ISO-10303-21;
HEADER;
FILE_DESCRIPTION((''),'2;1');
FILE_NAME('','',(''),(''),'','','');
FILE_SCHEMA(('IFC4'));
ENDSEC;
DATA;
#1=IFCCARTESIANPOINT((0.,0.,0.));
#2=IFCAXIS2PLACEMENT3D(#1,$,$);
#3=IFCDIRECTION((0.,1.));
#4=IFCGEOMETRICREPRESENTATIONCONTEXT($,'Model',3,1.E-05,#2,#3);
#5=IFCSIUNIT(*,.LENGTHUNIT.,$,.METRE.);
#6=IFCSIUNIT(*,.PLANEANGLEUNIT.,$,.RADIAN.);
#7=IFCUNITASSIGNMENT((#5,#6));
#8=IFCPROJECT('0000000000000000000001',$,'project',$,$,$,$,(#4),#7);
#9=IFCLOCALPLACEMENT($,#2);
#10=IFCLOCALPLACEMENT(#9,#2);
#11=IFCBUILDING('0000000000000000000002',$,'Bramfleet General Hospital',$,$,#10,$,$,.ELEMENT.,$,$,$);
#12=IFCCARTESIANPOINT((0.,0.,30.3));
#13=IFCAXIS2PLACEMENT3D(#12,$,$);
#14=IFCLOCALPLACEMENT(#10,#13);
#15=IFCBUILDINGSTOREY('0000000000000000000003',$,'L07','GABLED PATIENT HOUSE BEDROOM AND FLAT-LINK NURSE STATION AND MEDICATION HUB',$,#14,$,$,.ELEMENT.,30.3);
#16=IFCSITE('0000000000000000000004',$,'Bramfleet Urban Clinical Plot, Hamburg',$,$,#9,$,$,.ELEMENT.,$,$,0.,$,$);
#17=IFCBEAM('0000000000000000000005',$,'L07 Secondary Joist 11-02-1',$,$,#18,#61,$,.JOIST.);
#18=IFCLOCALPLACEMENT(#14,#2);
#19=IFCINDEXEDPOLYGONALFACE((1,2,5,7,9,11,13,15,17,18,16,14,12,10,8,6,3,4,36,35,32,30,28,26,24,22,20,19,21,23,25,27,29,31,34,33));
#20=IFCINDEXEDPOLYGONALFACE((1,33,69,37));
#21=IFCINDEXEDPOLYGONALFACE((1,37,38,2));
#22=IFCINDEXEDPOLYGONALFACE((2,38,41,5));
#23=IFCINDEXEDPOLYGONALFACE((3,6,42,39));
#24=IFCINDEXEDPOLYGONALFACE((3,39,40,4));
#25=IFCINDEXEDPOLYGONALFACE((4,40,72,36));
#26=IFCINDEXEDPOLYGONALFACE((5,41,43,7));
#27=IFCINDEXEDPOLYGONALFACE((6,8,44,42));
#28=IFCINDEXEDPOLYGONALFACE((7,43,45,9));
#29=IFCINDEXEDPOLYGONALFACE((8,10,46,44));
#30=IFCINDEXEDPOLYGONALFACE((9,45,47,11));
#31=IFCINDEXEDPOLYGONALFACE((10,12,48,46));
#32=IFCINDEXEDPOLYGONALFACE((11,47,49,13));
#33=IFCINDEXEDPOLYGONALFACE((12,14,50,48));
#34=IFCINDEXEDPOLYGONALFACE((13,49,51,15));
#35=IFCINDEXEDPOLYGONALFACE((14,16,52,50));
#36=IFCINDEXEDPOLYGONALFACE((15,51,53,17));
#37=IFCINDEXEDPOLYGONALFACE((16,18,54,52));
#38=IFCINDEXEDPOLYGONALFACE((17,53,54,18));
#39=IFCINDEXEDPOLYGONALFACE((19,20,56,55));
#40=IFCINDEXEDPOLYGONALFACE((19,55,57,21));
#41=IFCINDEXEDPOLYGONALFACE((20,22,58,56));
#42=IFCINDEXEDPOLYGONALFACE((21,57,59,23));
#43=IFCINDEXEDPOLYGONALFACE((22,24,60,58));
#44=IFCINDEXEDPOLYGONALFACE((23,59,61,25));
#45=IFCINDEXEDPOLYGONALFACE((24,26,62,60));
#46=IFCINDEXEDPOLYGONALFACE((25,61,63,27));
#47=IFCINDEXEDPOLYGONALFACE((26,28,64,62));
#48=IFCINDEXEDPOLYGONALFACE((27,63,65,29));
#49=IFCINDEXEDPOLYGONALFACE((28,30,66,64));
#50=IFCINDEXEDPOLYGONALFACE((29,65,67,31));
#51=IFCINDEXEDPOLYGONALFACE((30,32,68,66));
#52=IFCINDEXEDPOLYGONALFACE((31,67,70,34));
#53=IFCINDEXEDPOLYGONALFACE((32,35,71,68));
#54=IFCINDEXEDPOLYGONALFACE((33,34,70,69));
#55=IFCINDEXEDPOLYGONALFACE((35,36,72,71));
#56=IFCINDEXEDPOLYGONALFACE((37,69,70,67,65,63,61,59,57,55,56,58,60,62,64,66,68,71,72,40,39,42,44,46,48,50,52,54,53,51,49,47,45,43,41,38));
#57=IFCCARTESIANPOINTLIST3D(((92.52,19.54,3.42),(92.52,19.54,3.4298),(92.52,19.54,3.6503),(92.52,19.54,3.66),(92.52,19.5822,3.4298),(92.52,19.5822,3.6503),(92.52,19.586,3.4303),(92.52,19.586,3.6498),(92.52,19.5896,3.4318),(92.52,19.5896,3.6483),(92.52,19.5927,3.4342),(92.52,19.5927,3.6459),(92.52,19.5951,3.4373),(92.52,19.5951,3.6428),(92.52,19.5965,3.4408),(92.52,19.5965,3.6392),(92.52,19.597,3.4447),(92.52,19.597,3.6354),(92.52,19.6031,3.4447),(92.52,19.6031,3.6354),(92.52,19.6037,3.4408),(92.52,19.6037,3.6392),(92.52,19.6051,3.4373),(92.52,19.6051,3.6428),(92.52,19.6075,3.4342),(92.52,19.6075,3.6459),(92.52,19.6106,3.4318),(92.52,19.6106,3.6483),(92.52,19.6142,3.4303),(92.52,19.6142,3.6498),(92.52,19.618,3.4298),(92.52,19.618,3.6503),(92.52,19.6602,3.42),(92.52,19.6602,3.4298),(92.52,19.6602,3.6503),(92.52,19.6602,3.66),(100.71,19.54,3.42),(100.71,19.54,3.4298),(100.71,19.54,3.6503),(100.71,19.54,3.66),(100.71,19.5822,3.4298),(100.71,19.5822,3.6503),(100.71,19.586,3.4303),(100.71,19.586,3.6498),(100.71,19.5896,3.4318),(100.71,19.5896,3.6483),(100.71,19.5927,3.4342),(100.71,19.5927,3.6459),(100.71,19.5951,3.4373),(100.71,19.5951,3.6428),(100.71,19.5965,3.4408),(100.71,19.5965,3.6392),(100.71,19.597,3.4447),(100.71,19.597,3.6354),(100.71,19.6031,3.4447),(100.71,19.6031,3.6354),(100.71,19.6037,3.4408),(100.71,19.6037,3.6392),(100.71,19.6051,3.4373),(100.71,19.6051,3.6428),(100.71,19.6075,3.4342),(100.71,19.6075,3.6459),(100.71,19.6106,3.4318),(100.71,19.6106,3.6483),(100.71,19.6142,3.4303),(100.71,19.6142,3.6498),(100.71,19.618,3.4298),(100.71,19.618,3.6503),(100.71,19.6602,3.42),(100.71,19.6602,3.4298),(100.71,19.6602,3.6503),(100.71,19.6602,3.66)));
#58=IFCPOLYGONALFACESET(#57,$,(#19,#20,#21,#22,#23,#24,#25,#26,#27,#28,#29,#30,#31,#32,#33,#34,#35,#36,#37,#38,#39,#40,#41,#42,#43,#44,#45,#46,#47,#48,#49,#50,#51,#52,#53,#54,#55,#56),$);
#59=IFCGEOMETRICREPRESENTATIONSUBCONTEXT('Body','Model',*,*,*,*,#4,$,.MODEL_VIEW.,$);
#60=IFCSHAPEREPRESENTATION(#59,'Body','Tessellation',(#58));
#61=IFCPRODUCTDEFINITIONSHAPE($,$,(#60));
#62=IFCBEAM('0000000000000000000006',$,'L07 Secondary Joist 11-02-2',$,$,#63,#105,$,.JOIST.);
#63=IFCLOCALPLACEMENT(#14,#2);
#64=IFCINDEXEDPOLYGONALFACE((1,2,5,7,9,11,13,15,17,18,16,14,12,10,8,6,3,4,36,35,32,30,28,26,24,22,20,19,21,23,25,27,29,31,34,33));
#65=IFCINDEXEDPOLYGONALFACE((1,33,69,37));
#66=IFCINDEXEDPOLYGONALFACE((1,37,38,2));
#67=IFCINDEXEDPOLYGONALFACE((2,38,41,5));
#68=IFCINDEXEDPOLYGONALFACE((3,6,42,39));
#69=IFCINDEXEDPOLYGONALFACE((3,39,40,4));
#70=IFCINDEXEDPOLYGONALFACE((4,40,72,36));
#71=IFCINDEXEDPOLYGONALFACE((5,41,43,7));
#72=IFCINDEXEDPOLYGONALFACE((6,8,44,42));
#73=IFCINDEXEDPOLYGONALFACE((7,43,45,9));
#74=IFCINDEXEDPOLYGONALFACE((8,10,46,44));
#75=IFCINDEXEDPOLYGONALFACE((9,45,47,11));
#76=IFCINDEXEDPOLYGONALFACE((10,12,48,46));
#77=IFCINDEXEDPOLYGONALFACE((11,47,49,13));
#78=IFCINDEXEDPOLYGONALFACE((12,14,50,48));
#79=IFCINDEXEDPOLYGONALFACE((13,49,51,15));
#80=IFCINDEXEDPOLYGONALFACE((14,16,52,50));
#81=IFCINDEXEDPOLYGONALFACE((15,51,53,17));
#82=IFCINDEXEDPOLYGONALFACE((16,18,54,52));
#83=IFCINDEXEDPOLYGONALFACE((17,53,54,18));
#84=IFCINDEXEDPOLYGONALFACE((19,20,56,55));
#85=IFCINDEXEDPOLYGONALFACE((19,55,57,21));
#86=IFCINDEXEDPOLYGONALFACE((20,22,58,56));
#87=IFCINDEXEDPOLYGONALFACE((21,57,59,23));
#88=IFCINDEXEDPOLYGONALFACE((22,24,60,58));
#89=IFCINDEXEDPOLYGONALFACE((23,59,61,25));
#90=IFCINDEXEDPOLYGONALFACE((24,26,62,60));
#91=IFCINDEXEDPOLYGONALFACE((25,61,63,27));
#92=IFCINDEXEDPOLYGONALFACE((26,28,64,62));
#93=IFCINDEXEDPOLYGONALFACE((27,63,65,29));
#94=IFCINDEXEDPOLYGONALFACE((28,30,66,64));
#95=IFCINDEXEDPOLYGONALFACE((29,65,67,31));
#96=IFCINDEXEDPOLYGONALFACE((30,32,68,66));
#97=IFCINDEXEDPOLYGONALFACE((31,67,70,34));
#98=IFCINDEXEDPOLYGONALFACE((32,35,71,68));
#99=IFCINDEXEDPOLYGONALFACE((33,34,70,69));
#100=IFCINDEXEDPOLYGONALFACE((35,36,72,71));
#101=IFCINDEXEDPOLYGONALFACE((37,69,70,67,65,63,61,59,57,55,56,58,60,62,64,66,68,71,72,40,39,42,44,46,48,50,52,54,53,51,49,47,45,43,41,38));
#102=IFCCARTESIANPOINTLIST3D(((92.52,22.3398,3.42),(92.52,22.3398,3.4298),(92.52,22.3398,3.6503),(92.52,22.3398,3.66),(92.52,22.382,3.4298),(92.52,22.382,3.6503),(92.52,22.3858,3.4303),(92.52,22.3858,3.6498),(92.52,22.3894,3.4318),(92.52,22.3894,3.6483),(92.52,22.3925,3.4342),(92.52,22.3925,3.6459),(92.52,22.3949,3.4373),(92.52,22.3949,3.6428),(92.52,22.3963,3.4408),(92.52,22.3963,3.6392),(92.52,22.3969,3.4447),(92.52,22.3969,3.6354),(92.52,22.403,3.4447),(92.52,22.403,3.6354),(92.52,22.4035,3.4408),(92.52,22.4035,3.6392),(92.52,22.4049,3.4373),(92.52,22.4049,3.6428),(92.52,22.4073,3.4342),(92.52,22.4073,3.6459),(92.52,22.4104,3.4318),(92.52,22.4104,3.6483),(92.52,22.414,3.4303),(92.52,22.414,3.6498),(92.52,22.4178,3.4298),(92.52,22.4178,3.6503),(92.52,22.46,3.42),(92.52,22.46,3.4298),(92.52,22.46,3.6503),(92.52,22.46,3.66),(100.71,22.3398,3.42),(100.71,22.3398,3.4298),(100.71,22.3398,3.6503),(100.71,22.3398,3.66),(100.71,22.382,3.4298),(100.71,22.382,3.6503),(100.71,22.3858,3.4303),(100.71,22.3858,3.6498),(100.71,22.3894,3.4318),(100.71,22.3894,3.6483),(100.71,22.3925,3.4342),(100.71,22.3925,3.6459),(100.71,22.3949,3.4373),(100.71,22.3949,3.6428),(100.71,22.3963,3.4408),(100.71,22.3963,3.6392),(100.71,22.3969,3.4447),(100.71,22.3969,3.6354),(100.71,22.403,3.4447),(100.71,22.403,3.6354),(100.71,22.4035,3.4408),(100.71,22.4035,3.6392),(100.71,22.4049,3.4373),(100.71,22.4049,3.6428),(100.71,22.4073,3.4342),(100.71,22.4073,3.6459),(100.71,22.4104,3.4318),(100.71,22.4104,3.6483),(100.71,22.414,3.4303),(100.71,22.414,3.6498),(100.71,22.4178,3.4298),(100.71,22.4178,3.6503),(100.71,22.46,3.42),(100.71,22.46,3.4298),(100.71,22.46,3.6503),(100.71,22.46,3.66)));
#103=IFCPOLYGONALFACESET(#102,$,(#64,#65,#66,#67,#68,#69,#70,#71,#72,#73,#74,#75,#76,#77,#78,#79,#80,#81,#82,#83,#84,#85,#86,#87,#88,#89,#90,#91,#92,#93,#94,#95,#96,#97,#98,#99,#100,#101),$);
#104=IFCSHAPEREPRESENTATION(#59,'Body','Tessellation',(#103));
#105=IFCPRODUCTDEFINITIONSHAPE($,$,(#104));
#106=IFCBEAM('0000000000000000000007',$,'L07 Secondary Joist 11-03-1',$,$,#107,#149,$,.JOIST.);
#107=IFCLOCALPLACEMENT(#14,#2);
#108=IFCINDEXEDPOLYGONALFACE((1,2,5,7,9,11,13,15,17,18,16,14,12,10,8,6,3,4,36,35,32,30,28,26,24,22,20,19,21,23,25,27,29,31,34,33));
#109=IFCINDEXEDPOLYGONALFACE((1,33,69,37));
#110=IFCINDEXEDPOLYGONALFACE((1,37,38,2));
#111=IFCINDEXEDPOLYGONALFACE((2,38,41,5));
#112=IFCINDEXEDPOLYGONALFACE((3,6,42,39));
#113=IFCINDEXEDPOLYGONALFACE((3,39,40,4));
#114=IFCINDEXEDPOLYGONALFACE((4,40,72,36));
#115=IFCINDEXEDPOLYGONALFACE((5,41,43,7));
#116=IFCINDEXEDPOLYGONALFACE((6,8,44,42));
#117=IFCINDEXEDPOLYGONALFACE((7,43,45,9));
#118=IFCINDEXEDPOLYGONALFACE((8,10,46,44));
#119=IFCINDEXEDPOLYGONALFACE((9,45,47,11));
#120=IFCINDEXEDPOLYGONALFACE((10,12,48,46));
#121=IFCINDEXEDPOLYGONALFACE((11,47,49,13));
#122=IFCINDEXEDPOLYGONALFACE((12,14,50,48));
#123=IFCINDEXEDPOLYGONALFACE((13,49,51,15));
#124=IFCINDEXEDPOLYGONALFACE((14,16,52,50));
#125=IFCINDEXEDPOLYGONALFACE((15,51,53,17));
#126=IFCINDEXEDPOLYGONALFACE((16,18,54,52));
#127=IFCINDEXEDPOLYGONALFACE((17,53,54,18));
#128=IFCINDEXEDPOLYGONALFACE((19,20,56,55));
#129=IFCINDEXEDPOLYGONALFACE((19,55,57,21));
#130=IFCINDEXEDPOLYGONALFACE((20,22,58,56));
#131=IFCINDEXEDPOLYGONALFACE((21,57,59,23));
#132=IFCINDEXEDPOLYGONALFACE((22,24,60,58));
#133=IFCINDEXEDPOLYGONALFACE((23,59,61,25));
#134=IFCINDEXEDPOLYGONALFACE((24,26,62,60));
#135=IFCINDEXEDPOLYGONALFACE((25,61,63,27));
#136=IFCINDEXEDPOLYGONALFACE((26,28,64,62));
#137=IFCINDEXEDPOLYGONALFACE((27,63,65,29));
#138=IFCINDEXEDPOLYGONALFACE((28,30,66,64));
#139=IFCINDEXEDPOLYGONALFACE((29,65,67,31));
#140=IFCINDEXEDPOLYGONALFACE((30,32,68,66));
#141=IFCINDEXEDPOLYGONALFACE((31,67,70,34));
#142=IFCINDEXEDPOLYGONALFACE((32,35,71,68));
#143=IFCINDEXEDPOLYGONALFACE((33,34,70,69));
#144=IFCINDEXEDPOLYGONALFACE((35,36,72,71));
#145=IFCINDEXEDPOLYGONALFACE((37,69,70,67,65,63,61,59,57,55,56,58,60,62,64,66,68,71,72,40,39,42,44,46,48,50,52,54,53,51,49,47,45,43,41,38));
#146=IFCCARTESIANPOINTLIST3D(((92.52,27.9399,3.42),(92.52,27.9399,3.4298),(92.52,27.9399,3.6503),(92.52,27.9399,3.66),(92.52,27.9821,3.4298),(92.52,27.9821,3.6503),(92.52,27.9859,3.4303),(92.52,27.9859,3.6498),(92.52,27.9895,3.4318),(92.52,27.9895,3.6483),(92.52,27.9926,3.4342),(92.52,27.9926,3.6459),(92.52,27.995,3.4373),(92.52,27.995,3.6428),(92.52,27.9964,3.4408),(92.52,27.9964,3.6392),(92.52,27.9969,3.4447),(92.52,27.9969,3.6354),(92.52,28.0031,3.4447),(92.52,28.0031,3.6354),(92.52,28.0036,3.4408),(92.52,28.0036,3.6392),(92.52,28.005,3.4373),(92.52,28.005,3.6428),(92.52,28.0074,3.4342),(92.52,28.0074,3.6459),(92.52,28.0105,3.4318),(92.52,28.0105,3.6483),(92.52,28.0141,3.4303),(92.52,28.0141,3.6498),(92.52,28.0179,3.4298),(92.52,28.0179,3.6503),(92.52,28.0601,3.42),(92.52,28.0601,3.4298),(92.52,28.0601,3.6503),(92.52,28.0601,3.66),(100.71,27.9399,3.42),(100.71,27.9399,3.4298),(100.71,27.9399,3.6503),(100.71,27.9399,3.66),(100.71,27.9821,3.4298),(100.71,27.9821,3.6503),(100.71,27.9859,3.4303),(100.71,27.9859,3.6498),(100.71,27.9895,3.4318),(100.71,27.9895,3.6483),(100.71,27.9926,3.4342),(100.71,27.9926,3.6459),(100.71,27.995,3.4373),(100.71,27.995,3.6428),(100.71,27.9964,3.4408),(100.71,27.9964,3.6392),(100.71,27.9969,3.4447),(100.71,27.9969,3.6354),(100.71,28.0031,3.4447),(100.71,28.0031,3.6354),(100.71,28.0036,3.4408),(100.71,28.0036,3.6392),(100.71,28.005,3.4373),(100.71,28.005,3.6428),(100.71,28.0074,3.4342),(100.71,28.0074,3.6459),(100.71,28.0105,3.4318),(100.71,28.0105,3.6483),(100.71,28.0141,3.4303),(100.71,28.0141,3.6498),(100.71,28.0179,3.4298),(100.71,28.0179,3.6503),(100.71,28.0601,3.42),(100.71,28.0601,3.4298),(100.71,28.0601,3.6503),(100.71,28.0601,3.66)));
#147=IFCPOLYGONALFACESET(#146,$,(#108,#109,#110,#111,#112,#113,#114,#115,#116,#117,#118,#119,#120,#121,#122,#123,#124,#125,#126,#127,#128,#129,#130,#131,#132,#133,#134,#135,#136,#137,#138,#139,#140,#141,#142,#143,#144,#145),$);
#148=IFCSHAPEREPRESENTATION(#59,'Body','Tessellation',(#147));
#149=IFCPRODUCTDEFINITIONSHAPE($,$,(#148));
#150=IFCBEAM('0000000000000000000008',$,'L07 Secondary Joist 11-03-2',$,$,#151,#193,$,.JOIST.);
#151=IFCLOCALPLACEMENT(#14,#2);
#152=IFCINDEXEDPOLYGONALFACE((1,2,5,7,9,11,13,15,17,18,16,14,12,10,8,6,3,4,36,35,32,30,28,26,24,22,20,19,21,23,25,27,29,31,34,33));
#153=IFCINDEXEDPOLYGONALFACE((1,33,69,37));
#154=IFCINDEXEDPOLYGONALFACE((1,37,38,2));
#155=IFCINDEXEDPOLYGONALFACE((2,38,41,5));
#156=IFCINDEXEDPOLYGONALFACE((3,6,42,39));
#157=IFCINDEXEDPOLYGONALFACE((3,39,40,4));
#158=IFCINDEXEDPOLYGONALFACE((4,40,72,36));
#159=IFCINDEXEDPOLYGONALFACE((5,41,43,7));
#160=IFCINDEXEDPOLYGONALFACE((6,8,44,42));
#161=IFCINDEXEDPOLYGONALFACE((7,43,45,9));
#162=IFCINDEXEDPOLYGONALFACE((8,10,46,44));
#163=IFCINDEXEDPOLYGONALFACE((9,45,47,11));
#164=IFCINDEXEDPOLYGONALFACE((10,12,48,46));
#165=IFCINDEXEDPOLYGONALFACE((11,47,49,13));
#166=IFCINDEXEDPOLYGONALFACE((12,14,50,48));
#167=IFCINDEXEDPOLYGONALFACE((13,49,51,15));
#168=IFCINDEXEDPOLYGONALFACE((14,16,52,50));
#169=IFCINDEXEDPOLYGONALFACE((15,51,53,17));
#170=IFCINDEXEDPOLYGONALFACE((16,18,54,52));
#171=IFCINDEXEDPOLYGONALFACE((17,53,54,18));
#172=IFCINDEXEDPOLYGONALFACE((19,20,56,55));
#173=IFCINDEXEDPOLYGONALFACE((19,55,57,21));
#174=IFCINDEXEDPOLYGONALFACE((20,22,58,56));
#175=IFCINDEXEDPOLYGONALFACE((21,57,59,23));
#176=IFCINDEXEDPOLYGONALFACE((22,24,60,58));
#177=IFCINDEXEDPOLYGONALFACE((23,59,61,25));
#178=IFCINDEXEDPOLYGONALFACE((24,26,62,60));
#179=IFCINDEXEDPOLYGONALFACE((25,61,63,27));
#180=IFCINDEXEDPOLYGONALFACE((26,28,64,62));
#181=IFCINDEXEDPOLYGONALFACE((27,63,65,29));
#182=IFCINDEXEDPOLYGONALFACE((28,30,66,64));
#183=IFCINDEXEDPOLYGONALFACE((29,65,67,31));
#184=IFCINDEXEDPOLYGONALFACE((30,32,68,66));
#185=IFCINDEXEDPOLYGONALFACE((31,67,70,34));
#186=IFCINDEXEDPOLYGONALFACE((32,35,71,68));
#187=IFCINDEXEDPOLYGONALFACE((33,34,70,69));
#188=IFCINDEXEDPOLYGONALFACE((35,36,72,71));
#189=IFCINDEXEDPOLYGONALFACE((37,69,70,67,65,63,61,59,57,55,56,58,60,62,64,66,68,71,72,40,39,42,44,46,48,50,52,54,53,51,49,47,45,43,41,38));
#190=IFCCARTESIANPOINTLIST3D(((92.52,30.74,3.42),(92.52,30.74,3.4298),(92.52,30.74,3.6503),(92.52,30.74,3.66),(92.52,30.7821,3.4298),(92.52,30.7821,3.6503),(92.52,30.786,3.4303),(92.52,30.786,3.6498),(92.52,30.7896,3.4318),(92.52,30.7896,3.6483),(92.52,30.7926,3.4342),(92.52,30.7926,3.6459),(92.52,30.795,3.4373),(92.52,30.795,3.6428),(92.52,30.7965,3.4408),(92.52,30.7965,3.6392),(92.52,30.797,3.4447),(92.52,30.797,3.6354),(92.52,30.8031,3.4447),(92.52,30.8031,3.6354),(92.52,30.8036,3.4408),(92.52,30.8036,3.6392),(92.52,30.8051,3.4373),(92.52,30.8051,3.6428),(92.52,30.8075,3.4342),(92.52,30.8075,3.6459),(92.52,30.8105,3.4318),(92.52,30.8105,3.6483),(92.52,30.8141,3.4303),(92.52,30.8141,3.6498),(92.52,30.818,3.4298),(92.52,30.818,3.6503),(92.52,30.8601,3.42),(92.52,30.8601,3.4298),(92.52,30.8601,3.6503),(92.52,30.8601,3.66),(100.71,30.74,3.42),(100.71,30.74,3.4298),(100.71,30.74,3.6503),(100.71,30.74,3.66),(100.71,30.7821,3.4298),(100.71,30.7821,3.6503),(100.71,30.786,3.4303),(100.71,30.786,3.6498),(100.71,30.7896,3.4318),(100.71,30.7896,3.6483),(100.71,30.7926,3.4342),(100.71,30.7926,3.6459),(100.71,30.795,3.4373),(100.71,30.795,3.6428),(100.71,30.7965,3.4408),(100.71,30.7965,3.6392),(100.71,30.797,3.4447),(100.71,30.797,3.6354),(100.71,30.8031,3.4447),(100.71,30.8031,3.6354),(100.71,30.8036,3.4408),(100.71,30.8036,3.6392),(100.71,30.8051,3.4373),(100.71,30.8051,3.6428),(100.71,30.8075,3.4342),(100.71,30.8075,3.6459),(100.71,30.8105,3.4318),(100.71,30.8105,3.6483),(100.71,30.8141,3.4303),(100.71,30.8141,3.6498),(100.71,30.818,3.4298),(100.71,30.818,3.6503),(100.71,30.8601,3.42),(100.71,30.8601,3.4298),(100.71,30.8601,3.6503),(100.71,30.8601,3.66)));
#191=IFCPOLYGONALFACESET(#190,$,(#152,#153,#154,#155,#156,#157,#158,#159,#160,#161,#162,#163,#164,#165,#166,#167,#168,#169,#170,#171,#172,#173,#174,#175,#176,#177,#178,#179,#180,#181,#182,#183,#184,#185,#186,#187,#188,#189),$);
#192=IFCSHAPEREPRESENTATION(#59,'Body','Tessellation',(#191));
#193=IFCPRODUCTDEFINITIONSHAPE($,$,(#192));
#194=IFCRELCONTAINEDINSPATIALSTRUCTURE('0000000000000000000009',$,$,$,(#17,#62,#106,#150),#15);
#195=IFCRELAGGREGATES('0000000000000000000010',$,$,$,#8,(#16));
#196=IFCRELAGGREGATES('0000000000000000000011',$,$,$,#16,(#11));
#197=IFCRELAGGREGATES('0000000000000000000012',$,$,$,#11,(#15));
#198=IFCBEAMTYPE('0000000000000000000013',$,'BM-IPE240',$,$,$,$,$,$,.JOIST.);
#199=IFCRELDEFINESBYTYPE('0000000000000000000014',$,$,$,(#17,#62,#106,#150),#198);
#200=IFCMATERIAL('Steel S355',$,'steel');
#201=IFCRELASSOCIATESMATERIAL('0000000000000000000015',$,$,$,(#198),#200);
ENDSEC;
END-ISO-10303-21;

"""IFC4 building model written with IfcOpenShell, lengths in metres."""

from ifc_helpers import new_model, si_unit, direction, frame, origin, origin_2d, place, context, subcontext, project, spatial, i_section, extrude, material, material_profile, profile_set, type_object, element, save


model = new_model("IFC4")

# Units and contexts
model_context = context("Model", 3, precision=1e-05, world=origin(), true_north=direction((0.0, 1.0)))
body_context = subcontext(model_context, "Body", "Model", "MODEL_VIEW")
ifc_project = project(units=[si_unit("LENGTHUNIT", "METRE"), si_unit("PLANEANGLEUNIT", "RADIAN")], contexts=[model_context])

# Site, building, storey
site_placement = place(None, origin())
site = spatial("IfcSite", under=ifc_project, at=site_placement, Name="Bramfleet Urban Clinical Plot, Hamburg", CompositionType="ELEMENT", RefElevation=0.0)
building_placement = place(site_placement, origin())
building = spatial("IfcBuilding", under=site, at=building_placement, Name="Bramfleet General Hospital", CompositionType="ELEMENT")
storey_placement = place(building_placement, frame((0.0, 0.0, 30.3)))
storey = spatial("IfcBuildingStorey", under=building, at=storey_placement, Name="L07", Description="GABLED PATIENT HOUSE BEDROOM AND FLAT-LINK NURSE STATION AND MEDICATION HUB", CompositionType="ELEMENT", Elevation=30.3)

# Beams
ifc_material_1 = material(Name="Steel S355", Category="steel")
ifc_material_profile_1 = material_profile(ifc_material_1, i_section(OverallWidth=0.1201, OverallDepth=0.24, WebThickness=0.0061, FlangeThickness=0.0098, FilletRadius=0.0149, at=origin_2d()), Name="IPE 240")
ifc_profile_set_1 = profile_set([ifc_material_profile_1], Name="Steel S355")
beam_type = type_object("IfcBeamType", Name="BM-IPE240", PredefinedType="JOIST", material=ifc_profile_set_1)
for number, where, z_axis, x_axis, name in (
    (1, (92.52, 19.6001, 3.54), (1.0, 0.0, 0.0), (0.0, 1.0, 0.0), "L07 Secondary Joist 11-02-1"),
    (2, (92.52, 22.3999, 3.54), (1.0, 0.0, 0.0), (0.0, 1.0, 0.0), "L07 Secondary Joist 11-02-2"),
    (3, (92.52, 28.0, 3.54), (1.0, 0.0, 0.0), (0.0, 1.0, 0.0), "L07 Secondary Joist 11-03-1"),
    (4, (92.52, 30.8, 3.54), (1.0, 0.0, 0.0), (0.0, 1.0, 0.0), "L07 Secondary Joist 11-03-2"),
):
    element("IfcBeam", number, at=place(storey_placement, frame(where, z_axis=z_axis, x_axis=x_axis)), inside=storey, type_object=beam_type, Name=name, PredefinedType="JOIST", context=body_context, shape_type="SweptSolid", body=[
        extrude(i_section(OverallWidth=0.1201, OverallDepth=0.24, WebThickness=0.0061, FlangeThickness=0.0098, FilletRadius=0.0149, at=origin_2d()), origin(), (0.0, 0.0, 1.0), 8.1899),
    ])

save(model, "model.ifc")
